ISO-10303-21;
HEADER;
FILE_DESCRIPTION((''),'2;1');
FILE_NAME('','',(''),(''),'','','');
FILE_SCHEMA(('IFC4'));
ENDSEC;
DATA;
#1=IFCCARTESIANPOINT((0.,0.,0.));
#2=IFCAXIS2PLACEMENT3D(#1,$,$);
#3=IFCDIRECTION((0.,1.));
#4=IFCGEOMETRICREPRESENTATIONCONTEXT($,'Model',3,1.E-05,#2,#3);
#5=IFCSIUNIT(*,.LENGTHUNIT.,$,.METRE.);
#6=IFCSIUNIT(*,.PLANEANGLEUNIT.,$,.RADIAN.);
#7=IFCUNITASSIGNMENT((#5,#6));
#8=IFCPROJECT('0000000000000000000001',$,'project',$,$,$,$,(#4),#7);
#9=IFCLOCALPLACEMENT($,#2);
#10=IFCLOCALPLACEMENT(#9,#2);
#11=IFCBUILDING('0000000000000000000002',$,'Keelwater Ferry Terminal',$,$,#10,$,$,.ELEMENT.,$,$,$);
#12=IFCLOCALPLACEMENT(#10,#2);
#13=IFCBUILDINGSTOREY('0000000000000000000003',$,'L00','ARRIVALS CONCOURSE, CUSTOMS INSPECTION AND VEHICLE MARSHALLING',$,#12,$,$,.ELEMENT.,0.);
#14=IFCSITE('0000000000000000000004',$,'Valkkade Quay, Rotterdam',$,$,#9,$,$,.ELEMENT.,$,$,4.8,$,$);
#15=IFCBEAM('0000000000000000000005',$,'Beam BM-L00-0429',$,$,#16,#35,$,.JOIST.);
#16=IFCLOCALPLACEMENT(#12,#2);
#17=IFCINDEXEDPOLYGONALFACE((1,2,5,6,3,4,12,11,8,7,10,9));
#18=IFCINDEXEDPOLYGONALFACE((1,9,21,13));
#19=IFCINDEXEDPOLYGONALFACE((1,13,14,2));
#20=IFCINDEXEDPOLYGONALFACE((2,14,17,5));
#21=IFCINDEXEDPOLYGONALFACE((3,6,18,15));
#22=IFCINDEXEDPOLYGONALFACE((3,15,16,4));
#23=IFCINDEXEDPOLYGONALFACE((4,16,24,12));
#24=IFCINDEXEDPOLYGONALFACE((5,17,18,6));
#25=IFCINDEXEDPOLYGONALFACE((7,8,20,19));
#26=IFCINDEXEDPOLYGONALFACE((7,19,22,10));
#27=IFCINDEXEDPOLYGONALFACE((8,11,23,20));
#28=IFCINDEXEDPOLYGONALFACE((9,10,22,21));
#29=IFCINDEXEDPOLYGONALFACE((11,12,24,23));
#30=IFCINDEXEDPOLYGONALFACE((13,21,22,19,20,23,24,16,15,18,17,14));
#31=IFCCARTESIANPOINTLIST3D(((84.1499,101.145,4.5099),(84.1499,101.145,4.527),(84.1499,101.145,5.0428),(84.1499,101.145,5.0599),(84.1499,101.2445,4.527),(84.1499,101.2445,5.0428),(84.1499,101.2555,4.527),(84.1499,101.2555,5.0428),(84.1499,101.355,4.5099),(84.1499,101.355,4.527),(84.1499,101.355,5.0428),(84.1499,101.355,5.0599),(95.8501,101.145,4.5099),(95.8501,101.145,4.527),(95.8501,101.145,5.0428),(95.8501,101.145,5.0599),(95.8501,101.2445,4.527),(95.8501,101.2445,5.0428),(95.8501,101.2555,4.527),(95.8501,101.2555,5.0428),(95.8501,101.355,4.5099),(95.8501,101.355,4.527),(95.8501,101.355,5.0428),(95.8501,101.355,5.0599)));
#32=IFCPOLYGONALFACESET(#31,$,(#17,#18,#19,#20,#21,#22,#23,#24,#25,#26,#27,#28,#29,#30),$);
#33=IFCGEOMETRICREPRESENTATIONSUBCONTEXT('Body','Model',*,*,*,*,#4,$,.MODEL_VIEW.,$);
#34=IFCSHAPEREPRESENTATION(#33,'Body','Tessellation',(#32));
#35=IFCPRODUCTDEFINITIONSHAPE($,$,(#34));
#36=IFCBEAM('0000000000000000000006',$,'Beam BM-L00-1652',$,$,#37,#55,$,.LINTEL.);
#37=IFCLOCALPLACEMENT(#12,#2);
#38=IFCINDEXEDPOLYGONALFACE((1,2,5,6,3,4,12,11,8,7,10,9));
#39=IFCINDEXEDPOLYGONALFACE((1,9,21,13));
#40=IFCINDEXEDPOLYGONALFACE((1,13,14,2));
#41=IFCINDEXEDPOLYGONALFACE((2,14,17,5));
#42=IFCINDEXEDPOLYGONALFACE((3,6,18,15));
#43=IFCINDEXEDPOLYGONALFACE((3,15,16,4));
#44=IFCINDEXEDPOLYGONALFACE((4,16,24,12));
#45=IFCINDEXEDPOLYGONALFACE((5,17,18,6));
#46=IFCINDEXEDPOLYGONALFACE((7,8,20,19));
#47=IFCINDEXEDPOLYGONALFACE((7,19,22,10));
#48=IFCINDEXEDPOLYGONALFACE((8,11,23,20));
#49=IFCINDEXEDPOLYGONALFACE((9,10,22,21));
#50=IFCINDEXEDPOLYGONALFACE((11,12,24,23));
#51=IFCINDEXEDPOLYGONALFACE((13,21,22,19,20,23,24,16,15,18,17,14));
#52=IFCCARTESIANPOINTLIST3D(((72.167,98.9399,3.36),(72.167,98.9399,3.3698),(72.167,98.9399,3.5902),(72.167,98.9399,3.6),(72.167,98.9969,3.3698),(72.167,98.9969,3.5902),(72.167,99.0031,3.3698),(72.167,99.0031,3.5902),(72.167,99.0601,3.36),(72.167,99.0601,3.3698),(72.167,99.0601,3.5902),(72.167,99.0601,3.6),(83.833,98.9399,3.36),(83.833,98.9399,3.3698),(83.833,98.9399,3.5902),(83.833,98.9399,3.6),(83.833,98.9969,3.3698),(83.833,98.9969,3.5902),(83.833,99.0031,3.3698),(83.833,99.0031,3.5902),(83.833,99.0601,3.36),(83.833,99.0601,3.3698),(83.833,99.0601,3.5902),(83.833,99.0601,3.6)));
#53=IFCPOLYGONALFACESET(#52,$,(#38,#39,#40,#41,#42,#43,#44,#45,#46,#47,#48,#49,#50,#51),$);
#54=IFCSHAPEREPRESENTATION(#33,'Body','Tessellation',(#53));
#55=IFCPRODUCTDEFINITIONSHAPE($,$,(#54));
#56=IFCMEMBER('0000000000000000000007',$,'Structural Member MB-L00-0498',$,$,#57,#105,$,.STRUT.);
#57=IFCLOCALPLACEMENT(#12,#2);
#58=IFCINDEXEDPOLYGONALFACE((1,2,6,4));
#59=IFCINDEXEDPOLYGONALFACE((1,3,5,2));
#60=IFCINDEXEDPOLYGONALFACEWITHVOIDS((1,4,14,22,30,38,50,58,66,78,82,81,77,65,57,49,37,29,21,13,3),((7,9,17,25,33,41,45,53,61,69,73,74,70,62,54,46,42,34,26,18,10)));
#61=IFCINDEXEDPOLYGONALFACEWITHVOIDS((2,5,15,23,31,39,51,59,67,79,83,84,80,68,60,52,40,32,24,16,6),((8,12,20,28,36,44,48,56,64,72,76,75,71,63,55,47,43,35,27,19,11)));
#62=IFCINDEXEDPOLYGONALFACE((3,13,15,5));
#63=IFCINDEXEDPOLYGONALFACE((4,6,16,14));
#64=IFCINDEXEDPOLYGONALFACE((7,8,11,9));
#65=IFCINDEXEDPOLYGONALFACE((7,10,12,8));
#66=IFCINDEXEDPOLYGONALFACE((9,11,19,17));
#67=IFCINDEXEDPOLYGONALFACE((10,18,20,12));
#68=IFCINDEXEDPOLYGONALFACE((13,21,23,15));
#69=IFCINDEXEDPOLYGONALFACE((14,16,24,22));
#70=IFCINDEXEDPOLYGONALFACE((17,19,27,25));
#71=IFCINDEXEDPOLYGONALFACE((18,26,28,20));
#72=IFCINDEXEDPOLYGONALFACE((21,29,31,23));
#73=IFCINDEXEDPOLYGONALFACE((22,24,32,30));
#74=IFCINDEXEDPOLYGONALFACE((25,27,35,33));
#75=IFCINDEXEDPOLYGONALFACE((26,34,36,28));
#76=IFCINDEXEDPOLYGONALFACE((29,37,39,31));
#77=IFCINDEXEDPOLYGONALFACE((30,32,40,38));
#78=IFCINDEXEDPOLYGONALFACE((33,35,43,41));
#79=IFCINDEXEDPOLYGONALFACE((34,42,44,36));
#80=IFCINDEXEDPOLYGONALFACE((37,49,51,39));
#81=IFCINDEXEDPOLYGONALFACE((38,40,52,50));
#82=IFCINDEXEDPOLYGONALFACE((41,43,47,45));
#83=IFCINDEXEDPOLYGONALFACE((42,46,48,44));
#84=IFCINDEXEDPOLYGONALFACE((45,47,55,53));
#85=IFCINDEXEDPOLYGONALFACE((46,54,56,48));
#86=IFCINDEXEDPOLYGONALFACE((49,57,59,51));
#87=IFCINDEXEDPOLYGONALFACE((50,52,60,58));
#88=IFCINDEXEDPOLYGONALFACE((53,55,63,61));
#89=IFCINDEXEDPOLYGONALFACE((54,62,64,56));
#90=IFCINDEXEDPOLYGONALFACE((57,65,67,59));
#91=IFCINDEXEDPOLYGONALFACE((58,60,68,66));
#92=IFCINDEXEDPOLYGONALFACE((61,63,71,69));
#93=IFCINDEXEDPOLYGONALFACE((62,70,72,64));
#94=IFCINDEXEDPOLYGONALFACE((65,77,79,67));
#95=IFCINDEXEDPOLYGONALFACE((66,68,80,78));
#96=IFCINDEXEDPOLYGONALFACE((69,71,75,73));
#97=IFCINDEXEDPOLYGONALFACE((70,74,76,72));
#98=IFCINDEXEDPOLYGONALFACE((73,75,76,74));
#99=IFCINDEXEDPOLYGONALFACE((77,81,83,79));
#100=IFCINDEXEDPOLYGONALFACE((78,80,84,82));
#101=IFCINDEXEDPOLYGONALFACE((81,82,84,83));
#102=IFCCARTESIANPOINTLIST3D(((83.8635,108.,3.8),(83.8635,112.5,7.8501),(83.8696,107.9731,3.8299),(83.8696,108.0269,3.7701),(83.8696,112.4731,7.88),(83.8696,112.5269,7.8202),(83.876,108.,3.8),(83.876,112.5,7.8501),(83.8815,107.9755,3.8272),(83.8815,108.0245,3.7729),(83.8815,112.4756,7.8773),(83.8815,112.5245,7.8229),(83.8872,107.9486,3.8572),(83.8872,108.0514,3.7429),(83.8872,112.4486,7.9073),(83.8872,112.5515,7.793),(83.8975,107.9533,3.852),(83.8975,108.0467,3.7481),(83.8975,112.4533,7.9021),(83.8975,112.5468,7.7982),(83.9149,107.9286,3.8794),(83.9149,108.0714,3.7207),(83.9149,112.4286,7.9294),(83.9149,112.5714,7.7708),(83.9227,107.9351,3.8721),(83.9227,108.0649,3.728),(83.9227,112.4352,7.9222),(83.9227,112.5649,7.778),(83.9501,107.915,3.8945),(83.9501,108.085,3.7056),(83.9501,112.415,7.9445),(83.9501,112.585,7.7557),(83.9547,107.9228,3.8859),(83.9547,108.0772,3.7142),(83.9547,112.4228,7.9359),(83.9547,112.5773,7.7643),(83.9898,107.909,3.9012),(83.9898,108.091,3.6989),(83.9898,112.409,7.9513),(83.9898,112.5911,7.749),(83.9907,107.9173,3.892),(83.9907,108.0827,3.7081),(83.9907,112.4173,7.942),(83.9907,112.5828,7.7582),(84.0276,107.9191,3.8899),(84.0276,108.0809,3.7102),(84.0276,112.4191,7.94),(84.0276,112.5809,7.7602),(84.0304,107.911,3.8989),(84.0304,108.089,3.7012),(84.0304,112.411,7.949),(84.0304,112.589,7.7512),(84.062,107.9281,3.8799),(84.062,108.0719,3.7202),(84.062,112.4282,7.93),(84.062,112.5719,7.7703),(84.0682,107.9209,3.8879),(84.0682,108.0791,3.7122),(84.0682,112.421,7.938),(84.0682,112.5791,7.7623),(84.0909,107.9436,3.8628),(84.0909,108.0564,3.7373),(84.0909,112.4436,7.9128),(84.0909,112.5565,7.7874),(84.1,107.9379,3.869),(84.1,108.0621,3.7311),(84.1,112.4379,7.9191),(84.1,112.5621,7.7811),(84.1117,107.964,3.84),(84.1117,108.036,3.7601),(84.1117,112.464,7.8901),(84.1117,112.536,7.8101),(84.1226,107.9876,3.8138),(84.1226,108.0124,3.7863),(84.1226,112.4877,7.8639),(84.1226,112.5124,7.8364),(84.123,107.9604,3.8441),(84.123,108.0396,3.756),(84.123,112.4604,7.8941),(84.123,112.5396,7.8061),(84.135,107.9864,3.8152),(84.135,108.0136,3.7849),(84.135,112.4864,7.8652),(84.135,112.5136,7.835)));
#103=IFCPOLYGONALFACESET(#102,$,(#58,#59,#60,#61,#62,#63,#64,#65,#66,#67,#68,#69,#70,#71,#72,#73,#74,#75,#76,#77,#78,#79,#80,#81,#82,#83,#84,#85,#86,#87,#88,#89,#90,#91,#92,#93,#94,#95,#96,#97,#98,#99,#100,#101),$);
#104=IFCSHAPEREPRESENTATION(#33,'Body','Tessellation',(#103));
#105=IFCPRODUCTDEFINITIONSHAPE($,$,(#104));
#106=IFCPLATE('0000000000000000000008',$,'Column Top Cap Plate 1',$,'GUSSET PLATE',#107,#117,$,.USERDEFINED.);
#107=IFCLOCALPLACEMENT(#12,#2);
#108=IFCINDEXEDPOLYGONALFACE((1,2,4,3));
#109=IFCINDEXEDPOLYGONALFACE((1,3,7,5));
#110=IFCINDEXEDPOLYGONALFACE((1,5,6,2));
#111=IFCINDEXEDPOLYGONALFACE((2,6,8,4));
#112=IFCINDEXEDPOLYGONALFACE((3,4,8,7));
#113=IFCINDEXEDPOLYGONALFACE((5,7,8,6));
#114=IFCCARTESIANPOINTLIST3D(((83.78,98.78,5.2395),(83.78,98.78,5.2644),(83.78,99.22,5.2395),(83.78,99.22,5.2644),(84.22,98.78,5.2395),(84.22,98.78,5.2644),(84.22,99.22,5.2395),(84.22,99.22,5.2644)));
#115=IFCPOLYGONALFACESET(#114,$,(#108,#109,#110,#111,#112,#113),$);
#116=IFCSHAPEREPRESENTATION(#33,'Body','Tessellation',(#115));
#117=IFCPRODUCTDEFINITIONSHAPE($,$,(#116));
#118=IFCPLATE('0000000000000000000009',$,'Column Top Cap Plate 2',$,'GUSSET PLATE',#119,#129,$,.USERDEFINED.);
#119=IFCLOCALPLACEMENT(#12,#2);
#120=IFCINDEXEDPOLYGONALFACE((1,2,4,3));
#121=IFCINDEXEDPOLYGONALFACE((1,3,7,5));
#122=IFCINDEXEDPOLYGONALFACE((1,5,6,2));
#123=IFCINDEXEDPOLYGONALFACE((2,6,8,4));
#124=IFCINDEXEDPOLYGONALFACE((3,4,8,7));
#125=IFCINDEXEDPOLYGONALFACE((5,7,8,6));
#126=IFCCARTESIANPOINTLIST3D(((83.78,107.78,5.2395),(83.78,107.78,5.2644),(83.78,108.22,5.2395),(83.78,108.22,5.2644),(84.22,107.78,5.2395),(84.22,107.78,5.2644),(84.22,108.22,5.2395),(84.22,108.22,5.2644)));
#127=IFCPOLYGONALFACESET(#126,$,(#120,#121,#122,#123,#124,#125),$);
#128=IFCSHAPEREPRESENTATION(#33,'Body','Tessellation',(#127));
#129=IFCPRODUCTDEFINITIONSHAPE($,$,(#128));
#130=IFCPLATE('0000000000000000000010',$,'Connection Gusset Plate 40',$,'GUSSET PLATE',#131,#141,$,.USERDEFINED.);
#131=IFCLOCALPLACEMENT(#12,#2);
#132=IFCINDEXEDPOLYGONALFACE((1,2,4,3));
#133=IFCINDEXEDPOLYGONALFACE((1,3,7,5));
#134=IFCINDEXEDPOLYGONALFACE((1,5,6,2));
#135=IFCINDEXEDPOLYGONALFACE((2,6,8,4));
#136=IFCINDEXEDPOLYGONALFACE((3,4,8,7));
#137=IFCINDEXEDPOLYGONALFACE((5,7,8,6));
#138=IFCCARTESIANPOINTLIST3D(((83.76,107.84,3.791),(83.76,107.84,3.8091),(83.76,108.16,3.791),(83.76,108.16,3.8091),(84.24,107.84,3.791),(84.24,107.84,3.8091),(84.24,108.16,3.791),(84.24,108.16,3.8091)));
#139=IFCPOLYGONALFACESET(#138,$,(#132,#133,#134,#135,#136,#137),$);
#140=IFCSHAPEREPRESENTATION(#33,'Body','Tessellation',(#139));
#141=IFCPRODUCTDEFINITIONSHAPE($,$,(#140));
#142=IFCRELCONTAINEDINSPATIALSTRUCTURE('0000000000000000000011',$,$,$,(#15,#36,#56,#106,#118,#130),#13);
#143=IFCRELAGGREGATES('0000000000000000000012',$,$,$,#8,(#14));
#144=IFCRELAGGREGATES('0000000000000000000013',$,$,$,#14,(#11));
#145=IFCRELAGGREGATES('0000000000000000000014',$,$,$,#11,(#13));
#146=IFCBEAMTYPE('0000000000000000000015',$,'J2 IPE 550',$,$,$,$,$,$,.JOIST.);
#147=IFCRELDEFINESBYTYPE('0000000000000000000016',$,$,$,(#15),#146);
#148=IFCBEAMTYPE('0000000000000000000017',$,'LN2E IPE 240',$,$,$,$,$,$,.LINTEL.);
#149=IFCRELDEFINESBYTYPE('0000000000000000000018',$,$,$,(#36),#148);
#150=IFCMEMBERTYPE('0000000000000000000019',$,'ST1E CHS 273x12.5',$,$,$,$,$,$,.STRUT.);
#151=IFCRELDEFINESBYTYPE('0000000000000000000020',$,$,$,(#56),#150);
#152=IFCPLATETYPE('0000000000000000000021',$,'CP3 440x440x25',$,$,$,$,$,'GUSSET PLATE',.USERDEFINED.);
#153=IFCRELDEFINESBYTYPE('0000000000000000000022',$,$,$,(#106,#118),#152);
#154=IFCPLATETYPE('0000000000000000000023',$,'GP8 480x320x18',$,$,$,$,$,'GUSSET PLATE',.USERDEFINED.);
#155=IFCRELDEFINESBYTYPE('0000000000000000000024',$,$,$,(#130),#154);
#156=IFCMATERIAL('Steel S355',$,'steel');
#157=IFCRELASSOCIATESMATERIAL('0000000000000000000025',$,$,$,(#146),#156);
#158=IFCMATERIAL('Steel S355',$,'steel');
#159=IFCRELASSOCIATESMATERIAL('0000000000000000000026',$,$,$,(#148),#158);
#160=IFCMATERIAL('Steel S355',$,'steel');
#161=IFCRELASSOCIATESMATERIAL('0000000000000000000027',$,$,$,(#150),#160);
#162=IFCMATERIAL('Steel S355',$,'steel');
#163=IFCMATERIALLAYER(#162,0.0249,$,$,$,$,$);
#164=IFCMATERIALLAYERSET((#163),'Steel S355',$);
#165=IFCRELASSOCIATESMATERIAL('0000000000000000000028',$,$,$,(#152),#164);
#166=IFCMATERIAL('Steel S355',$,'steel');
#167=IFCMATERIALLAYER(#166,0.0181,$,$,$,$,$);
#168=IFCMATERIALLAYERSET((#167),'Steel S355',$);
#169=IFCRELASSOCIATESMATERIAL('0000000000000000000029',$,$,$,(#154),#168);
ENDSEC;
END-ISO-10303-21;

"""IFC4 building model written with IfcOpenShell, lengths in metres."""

from ifc_helpers import new_model, si_unit, direction, frame, origin, origin_2d, place, context, subcontext, project, spatial, rectangle, hollow_circle, i_section, extrude, material, layer, layer_set, material_profile, profile_set, type_object, element, save


model = new_model("IFC4")

# Units and contexts
model_context = context("Model", 3, precision=1e-05, world=origin(), true_north=direction((0.0, 1.0)))
body_context = subcontext(model_context, "Body", "Model", "MODEL_VIEW")
ifc_project = project(units=[si_unit("LENGTHUNIT", "METRE"), si_unit("PLANEANGLEUNIT", "RADIAN")], contexts=[model_context])

# Site, building, storey
site_placement = place(None, origin())
site = spatial("IfcSite", under=ifc_project, at=site_placement, Name="Valkkade Quay, Rotterdam", CompositionType="ELEMENT", RefElevation=4.8)
building_placement = place(site_placement, origin())
building = spatial("IfcBuilding", under=site, at=building_placement, Name="Keelwater Ferry Terminal", CompositionType="ELEMENT")
storey_placement = place(building_placement, origin())
storey = spatial("IfcBuildingStorey", under=building, at=storey_placement, Name="L00", Description="ARRIVALS CONCOURSE, CUSTOMS INSPECTION AND VEHICLE MARSHALLING", CompositionType="ELEMENT", Elevation=0.0)

# Beams
ifc_material_1 = material(Name="Steel S355", Category="steel")
ifc_material_profile_1 = material_profile(ifc_material_1, i_section(OverallWidth=0.21, OverallDepth=0.55, WebThickness=0.011, FlangeThickness=0.0171, at=origin_2d()), Name="IPE 550")
ifc_profile_set_1 = profile_set([ifc_material_profile_1], Name="Steel S355")
beam_type_1 = type_object("IfcBeamType", Name="J2 IPE 550", PredefinedType="JOIST", material=ifc_profile_set_1)
for number, where, z_axis, x_axis, name in (
    (1, (84.1499, 101.25, 4.7849), (1.0, 0.0, 0.0), (0.0, 1.0, 0.0), "Beam BM-L00-0429"),
):
    element("IfcBeam", number, at=place(storey_placement, frame(where, z_axis=z_axis, x_axis=x_axis)), inside=storey, type_object=beam_type_1, Name=name, PredefinedType="JOIST", context=body_context, shape_type="SweptSolid", body=[
        extrude(i_section(OverallWidth=0.21, OverallDepth=0.55, WebThickness=0.011, FlangeThickness=0.0171, at=origin_2d()), origin(), (0.0, 0.0, 1.0), 11.7002),
    ])
ifc_material_2 = material(Name="Steel S355", Category="steel")
ifc_material_profile_2 = material_profile(ifc_material_2, i_section(OverallWidth=0.1201, OverallDepth=0.24, WebThickness=0.0061, FlangeThickness=0.0098, at=origin_2d()), Name="IPE 240")
ifc_profile_set_2 = profile_set([ifc_material_profile_2], Name="Steel S355")
beam_type_2 = type_object("IfcBeamType", Name="LN2E IPE 240", PredefinedType="LINTEL", material=ifc_profile_set_2)
beam_1_placement = place(storey_placement, frame((72.167, 99.0, 3.48), z_axis=(1.0, 0.0, 0.0), x_axis=(0.0, 1.0, 0.0)))
element("IfcBeam", 2, at=beam_1_placement, inside=storey, type_object=beam_type_2, Name="Beam BM-L00-1652", PredefinedType="LINTEL", context=body_context, shape_type="SweptSolid", body=[
    extrude(i_section(OverallWidth=0.1201, OverallDepth=0.24, WebThickness=0.0061, FlangeThickness=0.0098, at=origin_2d()), origin(), (0.0, 0.0, 1.0), 11.666),
])

# Member
ifc_material_3 = material(Name="Steel S355", Category="steel")
ifc_material_profile_3 = material_profile(ifc_material_3, hollow_circle(Radius=0.1365, WallThickness=0.0125, at=origin_2d()), Name="CHS 273x12.5")
ifc_profile_set_3 = profile_set([ifc_material_profile_3], Name="Steel S355")
member_type = type_object("IfcMemberType", Name="ST1E CHS 273x12.5", PredefinedType="STRUT", material=ifc_profile_set_3)
member_placement = place(storey_placement, frame((84.0, 108.0, 3.8), z_axis=(0.0, 0.74329, 0.668969), x_axis=(-1.0, 0.0, 0.0)))
element("IfcMember", 3, at=member_placement, inside=storey, type_object=member_type, Name="Structural Member MB-L00-0498", PredefinedType="STRUT", context=body_context, shape_type="SweptSolid", body=[
    extrude(hollow_circle(Radius=0.1365, WallThickness=0.0125, at=origin_2d()), origin(), (0.0, 0.0, 1.0), 6.0542),
])

# Plates
ifc_material_4 = material(Name="Steel S355", Category="steel")
ifc_layer_1 = layer(ifc_material_4, 0.0249)
ifc_layer_set_1 = layer_set([ifc_layer_1], Name="Steel S355")
plate_type_1 = type_object("IfcPlateType", Name="CP3 440x440x25", ElementType="GUSSET PLATE", PredefinedType="USERDEFINED", material=ifc_layer_set_1)
for number, where, z_axis, x_axis, name in (
    (4, (84.0, 99.0, 5.2395), (0.0, 0.0, 1.0), (1.0, 0.0, 0.0), "Column Top Cap Plate 1"),
    (5, (84.0, 108.0, 5.2395), (0.0, 0.0, 1.0), (1.0, 0.0, 0.0), "Column Top Cap Plate 2"),
):
    element("IfcPlate", number, at=place(storey_placement, frame(where, z_axis=z_axis, x_axis=x_axis)), inside=storey, type_object=plate_type_1, Name=name, ObjectType="GUSSET PLATE", PredefinedType="USERDEFINED", context=body_context, shape_type="SweptSolid", body=[
        extrude(rectangle(XDim=0.4399, YDim=0.4399, at=origin_2d()), origin(), (0.0, 0.0, 1.0), 0.0249),
    ])
ifc_material_5 = material(Name="Steel S355", Category="steel")
ifc_layer_2 = layer(ifc_material_5, 0.0181)
ifc_layer_set_2 = layer_set([ifc_layer_2], Name="Steel S355")
plate_type_2 = type_object("IfcPlateType", Name="GP8 480x320x18", ElementType="GUSSET PLATE", PredefinedType="USERDEFINED", material=ifc_layer_set_2)
plate_placement = place(storey_placement, frame((84.0, 108.0, 3.791), z_axis=(0.0, 0.0, 1.0), x_axis=(1.0, 0.0, 0.0)))
element("IfcPlate", 6, at=plate_placement, inside=storey, type_object=plate_type_2, Name="Connection Gusset Plate 40", ObjectType="GUSSET PLATE", PredefinedType="USERDEFINED", context=body_context, shape_type="SweptSolid", body=[
    extrude(rectangle(XDim=0.48, YDim=0.3201, at=origin_2d()), origin(), (0.0, 0.0, 1.0), 0.0181),
])

save(model, "model.ifc")
